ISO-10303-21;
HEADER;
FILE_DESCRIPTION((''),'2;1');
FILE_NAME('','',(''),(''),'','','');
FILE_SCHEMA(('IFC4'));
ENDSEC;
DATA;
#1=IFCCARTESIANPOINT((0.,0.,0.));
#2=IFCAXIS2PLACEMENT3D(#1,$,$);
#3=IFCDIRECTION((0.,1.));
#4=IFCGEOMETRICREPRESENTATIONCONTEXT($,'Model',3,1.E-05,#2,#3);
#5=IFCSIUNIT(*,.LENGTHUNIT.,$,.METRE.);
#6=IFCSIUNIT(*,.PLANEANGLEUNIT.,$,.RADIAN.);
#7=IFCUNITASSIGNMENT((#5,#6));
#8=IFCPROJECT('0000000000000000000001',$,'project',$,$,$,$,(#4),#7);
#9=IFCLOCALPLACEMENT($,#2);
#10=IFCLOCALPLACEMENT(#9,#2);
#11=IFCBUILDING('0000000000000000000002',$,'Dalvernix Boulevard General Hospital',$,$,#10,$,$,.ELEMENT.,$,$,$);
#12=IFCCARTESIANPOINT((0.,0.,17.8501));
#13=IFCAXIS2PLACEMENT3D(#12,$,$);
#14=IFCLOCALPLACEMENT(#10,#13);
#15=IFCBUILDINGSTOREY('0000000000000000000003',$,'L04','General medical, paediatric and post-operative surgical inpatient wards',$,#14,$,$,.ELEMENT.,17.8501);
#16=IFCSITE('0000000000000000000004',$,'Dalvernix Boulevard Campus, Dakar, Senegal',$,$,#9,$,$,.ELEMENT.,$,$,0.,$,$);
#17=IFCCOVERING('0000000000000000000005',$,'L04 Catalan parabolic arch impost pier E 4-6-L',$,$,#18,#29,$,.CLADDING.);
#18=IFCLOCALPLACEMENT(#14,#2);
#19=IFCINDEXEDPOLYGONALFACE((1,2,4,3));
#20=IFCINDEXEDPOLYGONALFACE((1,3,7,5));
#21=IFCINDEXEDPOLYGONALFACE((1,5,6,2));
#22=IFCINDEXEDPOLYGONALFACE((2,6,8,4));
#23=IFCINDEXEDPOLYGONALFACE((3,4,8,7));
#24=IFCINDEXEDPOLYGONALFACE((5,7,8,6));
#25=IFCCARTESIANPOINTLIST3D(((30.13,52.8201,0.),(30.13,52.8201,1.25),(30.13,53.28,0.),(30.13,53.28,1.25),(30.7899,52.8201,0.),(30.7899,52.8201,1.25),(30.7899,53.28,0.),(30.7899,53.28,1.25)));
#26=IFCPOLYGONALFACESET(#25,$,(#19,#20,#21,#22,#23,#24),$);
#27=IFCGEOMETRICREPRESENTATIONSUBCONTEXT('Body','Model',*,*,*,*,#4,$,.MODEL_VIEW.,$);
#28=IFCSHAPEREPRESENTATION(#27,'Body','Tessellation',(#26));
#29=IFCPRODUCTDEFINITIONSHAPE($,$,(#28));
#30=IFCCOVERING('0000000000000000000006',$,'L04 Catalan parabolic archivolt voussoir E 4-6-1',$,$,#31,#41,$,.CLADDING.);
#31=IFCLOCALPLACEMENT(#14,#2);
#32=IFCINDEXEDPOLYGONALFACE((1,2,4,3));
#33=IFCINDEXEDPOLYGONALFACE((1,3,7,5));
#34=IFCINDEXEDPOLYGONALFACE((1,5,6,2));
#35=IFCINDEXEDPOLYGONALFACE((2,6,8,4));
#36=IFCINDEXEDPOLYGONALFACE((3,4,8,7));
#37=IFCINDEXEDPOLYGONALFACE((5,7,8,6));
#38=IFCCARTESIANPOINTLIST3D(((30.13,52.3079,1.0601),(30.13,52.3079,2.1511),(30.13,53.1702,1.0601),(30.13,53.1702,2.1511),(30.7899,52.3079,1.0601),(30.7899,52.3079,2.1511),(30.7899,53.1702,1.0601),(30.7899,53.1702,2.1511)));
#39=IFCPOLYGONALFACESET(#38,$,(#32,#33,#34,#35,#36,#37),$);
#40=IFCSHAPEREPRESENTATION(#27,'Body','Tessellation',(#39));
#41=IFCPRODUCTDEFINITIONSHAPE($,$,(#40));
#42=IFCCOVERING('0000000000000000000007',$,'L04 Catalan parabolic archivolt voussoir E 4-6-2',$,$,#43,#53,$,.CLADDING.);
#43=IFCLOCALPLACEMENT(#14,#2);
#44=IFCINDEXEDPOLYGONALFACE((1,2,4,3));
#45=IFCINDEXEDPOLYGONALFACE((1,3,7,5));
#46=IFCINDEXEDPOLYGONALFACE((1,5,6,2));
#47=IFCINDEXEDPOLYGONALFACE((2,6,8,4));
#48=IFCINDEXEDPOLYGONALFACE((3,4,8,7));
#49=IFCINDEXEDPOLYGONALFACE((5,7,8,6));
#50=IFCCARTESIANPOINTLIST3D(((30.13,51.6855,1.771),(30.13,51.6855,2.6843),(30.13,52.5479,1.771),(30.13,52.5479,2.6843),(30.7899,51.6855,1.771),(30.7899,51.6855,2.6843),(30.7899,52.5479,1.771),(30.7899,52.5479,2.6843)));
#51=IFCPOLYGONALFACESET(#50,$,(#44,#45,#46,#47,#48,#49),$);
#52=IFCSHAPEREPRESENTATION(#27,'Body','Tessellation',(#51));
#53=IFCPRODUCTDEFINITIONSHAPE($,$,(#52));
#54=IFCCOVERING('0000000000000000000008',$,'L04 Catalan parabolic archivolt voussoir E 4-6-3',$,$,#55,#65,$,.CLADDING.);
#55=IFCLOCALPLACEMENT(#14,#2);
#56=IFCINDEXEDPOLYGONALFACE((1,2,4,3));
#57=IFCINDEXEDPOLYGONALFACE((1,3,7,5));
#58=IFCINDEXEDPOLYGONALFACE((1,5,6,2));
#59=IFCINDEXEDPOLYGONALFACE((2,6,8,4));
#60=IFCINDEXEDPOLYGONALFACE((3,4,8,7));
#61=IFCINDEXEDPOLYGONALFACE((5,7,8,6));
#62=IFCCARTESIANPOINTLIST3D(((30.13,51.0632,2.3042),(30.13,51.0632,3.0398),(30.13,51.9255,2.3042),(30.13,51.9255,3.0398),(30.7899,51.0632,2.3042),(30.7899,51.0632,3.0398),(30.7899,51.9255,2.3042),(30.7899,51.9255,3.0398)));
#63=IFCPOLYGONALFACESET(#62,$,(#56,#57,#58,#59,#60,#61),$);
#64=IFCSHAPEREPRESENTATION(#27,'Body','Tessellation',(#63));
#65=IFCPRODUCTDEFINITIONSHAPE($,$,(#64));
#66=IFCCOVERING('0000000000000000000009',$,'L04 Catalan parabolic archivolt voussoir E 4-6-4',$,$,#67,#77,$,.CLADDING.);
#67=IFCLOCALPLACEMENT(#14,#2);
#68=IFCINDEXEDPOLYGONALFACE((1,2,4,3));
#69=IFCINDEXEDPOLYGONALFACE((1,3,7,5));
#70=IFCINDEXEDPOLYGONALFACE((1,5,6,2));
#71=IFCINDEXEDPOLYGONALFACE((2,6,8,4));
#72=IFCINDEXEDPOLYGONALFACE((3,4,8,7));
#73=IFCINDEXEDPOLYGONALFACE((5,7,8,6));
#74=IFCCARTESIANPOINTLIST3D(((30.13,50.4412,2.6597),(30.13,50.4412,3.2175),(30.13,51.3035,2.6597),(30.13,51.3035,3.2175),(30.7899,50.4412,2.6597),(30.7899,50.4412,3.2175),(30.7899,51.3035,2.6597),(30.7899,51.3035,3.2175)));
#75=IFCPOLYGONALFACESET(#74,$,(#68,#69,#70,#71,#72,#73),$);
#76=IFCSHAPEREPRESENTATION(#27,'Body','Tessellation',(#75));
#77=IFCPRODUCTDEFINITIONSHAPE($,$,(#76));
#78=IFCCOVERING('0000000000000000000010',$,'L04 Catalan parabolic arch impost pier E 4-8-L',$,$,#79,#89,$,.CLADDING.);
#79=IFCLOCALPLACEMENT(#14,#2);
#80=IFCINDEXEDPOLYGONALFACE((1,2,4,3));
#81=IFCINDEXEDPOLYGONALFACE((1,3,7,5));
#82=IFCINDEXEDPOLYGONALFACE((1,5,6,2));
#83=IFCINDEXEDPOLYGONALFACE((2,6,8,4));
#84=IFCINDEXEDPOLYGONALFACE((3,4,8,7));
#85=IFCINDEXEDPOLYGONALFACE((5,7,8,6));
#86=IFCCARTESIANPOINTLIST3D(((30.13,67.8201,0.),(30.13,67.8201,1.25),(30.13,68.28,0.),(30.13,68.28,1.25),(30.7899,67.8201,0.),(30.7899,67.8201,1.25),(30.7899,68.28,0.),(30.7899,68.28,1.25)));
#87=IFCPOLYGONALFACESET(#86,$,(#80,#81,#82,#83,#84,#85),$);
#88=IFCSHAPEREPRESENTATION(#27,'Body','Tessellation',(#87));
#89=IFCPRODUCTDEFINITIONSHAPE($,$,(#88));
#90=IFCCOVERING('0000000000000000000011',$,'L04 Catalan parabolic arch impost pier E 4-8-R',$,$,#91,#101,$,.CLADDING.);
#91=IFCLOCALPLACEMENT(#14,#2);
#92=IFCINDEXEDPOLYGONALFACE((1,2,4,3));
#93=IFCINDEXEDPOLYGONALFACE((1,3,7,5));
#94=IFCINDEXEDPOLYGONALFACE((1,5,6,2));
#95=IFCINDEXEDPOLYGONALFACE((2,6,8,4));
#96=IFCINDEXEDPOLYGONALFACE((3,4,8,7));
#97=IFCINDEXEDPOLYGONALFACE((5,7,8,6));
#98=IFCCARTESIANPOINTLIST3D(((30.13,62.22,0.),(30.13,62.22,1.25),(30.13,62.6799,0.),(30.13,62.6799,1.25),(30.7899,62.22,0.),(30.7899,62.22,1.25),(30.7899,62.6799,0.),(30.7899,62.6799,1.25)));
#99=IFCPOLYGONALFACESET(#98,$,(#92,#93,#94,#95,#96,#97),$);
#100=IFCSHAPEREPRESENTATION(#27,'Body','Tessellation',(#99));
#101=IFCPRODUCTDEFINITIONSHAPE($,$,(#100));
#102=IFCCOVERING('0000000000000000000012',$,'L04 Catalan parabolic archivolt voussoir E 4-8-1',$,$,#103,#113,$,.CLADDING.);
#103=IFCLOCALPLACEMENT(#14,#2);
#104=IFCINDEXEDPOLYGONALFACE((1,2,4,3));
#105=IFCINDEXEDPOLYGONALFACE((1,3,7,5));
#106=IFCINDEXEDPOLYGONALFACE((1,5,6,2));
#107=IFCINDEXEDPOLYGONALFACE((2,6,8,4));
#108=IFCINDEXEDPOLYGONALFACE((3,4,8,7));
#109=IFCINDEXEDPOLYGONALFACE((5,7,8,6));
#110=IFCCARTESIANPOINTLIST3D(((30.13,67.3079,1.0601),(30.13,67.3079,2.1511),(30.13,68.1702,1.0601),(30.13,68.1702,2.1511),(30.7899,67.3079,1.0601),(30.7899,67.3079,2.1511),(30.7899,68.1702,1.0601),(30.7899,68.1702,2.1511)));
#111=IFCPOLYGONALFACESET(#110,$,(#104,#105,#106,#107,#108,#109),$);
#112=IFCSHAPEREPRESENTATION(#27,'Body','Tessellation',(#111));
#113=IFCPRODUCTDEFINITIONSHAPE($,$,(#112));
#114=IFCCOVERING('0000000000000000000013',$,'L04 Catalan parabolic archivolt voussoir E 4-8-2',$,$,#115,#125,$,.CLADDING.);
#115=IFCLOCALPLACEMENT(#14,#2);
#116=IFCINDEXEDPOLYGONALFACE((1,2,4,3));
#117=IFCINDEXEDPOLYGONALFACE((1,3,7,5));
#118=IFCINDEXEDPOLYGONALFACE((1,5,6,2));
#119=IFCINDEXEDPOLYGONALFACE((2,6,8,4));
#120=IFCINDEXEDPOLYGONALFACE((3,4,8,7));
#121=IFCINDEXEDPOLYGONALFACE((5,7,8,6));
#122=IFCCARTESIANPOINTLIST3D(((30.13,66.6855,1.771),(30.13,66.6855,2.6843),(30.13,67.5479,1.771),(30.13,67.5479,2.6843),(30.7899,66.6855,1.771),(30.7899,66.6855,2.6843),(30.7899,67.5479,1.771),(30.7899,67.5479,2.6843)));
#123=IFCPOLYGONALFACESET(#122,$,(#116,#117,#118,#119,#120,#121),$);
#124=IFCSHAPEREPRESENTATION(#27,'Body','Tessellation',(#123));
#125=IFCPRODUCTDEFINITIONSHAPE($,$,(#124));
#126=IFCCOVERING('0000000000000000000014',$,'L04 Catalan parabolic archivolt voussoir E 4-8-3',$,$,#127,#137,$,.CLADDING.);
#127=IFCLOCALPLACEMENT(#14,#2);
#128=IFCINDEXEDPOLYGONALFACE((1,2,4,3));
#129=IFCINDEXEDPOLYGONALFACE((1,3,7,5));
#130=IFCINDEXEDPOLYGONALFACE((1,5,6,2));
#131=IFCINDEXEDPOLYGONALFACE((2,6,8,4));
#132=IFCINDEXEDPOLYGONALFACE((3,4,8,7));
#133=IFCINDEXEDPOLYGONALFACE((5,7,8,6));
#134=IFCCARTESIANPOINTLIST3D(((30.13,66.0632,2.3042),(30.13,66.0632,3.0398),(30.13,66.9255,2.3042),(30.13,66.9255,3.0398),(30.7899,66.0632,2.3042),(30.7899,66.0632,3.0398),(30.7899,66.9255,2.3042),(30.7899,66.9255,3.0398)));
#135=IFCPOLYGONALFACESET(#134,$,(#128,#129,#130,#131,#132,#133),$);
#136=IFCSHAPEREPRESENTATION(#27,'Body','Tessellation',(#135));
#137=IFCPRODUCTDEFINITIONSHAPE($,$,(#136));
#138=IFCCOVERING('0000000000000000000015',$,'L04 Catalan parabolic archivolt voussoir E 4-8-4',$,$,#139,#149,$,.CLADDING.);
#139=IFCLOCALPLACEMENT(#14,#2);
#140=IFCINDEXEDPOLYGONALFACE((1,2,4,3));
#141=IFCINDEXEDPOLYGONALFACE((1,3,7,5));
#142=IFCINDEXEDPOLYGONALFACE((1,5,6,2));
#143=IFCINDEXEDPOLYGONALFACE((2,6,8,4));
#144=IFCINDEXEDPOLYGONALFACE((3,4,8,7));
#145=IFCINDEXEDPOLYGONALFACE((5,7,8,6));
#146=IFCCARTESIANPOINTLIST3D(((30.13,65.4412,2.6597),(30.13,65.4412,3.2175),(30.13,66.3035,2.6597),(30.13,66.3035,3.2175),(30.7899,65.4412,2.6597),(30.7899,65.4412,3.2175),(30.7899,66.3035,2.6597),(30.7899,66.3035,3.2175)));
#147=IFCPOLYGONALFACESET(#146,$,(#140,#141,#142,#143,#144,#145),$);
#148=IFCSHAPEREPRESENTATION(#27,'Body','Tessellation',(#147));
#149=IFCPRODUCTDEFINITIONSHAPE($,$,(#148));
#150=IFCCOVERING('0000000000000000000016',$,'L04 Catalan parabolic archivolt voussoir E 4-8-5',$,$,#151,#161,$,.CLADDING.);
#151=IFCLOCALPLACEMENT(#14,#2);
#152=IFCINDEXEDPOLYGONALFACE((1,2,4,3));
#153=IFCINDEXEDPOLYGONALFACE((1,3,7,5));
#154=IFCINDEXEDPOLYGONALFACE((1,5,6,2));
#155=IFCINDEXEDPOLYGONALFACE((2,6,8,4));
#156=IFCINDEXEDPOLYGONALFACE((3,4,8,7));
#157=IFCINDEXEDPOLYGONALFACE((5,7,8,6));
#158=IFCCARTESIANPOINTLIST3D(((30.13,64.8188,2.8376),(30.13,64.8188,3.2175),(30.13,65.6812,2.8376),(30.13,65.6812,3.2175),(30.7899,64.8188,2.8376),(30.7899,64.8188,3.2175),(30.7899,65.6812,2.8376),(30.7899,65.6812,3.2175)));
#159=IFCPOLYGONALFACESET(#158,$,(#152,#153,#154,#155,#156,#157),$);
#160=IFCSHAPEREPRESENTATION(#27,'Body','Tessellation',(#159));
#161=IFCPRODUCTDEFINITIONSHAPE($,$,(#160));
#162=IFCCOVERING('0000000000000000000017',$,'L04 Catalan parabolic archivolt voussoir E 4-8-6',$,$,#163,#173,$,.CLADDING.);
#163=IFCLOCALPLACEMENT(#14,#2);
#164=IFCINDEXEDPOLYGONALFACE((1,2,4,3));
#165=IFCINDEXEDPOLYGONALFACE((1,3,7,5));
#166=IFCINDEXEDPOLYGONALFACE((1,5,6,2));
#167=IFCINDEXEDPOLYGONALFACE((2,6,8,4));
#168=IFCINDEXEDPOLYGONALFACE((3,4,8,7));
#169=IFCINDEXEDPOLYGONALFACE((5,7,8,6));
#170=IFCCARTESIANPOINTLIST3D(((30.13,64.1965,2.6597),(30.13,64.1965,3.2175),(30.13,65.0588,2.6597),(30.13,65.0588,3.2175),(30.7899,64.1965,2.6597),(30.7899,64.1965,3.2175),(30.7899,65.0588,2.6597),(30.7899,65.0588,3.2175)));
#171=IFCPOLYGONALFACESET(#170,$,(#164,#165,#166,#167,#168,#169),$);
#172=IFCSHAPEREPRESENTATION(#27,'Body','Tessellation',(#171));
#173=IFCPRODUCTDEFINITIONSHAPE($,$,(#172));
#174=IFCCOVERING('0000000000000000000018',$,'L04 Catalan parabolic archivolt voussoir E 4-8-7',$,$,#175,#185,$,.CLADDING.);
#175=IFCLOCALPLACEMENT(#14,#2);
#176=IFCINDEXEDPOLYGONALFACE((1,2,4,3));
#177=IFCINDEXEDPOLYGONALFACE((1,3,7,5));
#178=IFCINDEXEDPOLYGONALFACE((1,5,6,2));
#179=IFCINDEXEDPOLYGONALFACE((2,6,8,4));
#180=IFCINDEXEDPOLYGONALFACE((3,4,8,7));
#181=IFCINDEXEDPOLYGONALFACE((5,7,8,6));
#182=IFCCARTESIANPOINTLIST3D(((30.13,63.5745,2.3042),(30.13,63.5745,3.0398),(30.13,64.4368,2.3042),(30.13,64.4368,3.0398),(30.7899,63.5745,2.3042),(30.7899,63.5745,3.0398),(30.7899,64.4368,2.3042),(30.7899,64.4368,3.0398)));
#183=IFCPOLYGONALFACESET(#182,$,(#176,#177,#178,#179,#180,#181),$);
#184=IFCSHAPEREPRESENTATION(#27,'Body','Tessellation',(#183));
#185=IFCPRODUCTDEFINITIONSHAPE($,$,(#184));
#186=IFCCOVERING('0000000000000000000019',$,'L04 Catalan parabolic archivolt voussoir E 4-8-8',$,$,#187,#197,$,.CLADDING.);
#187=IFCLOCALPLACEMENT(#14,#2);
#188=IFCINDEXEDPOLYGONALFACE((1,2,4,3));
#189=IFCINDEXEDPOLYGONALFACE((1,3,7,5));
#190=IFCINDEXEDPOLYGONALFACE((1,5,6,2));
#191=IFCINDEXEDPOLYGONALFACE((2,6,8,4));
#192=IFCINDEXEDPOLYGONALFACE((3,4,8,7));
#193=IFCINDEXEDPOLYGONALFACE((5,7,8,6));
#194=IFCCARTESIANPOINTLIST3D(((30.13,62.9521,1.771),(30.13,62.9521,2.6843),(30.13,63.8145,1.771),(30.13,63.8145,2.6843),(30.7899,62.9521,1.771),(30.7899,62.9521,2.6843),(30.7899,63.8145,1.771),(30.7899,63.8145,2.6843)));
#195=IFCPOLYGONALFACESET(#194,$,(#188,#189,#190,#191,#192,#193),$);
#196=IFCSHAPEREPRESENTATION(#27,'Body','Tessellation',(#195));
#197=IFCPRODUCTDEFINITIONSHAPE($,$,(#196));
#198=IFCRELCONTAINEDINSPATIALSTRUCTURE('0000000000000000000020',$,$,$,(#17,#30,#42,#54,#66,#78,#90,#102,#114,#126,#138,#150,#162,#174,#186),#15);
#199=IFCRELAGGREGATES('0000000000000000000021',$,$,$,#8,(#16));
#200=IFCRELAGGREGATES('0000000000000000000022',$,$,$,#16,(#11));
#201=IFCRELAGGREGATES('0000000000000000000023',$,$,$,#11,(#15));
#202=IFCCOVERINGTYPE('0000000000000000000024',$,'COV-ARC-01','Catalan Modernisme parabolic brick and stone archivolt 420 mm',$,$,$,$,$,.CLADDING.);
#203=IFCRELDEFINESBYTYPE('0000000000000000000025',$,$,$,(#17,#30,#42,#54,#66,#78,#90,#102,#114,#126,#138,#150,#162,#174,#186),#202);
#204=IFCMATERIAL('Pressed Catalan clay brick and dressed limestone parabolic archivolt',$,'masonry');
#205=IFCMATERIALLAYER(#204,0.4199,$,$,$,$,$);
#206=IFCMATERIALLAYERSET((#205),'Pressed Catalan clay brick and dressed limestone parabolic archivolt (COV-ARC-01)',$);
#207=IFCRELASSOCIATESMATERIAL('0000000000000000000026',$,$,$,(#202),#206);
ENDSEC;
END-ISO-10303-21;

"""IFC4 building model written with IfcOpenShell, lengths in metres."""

from ifc_helpers import new_model, si_unit, direction, frame, origin, origin_2d, place, context, subcontext, project, spatial, rectangle, extrude, material, layer, layer_set, type_object, element, save


model = new_model("IFC4")

# Units and contexts
model_context = context("Model", 3, precision=1e-05, world=origin(), true_north=direction((0.0, 1.0)))
body_context = subcontext(model_context, "Body", "Model", "MODEL_VIEW")
ifc_project = project(units=[si_unit("LENGTHUNIT", "METRE"), si_unit("PLANEANGLEUNIT", "RADIAN")], contexts=[model_context])

# Site, building, storey
site_placement = place(None, origin())
site = spatial("IfcSite", under=ifc_project, at=site_placement, Name="Dalvernix Boulevard Campus, Dakar, Senegal", CompositionType="ELEMENT", RefElevation=0.0)
building_placement = place(site_placement, origin())
building = spatial("IfcBuilding", under=site, at=building_placement, Name="Dalvernix Boulevard General Hospital", CompositionType="ELEMENT")
storey_placement = place(building_placement, frame((0.0, 0.0, 17.8501)))
storey = spatial("IfcBuildingStorey", under=building, at=storey_placement, Name="L04", Description="General medical, paediatric and post-operative surgical inpatient wards", CompositionType="ELEMENT", Elevation=17.8501)

# Coverings
ifc_material_1 = material(Name="Pressed Catalan clay brick and dressed limestone parabolic archivolt", Category="masonry")
ifc_layer_1 = layer(ifc_material_1, 0.4199)
ifc_layer_set_1 = layer_set([ifc_layer_1], Name="Pressed Catalan clay brick and dressed limestone parabolic archivolt (COV-ARC-01)")
covering_type_1 = type_object("IfcCoveringType", Name="COV-ARC-01", Description="Catalan Modernisme parabolic brick and stone archivolt 420 mm", PredefinedType="CLADDING", material=ifc_layer_set_1)
covering_1_placement = place(storey_placement, frame((30.46, 53.05, 0.0), z_axis=(0.0, 0.0, 1.0), x_axis=(0.0, -1.0, 0.0)))
element("IfcCovering", 1, at=covering_1_placement, inside=storey, type_object=covering_type_1, Name="L04 Catalan parabolic arch impost pier E 4-6-L", PredefinedType="CLADDING", context=body_context, shape_type="SweptSolid", body=[
    extrude(rectangle(XDim=0.46, YDim=0.6599, at=origin_2d()), origin(), (0.0, 0.0, 1.0), 1.25),
])
covering_2_placement = place(storey_placement, frame((30.46, 52.739, 1.0601), z_axis=(0.0, 0.0, 1.0), x_axis=(0.0, -1.0, 0.0)))
element("IfcCovering", 2, at=covering_2_placement, inside=storey, type_object=covering_type_1, Name="L04 Catalan parabolic archivolt voussoir E 4-6-1", PredefinedType="CLADDING", context=body_context, shape_type="SweptSolid", body=[
    extrude(rectangle(XDim=0.8623, YDim=0.6599, at=origin_2d()), origin(), (0.0, 0.0, 1.0), 1.0911),
])
covering_3_placement = place(storey_placement, frame((30.46, 52.1167, 1.771), z_axis=(0.0, 0.0, 1.0), x_axis=(0.0, -1.0, 0.0)))
element("IfcCovering", 3, at=covering_3_placement, inside=storey, type_object=covering_type_1, Name="L04 Catalan parabolic archivolt voussoir E 4-6-2", PredefinedType="CLADDING", context=body_context, shape_type="SweptSolid", body=[
    extrude(rectangle(XDim=0.8623, YDim=0.6599, at=origin_2d()), origin(), (0.0, 0.0, 1.0), 0.9133),
])
covering_4_placement = place(storey_placement, frame((30.46, 51.4944, 2.3042), z_axis=(0.0, 0.0, 1.0), x_axis=(0.0, -1.0, 0.0)))
element("IfcCovering", 4, at=covering_4_placement, inside=storey, type_object=covering_type_1, Name="L04 Catalan parabolic archivolt voussoir E 4-6-3", PredefinedType="CLADDING", context=body_context, shape_type="SweptSolid", body=[
    extrude(rectangle(XDim=0.8623, YDim=0.6599, at=origin_2d()), origin(), (0.0, 0.0, 1.0), 0.7356),
])
covering_5_placement = place(storey_placement, frame((30.46, 50.8723, 2.6597), z_axis=(0.0, 0.0, 1.0), x_axis=(0.0, -1.0, 0.0)))
element("IfcCovering", 5, at=covering_5_placement, inside=storey, type_object=covering_type_1, Name="L04 Catalan parabolic archivolt voussoir E 4-6-4", PredefinedType="CLADDING", context=body_context, shape_type="SweptSolid", body=[
    extrude(rectangle(XDim=0.8623, YDim=0.6599, at=origin_2d()), origin(), (0.0, 0.0, 1.0), 0.5579),
])
for number, where, z_axis, x_axis, name in (
    (6, (30.46, 68.05, 0.0), (0.0, 0.0, 1.0), (0.0, -1.0, 0.0), "L04 Catalan parabolic arch impost pier E 4-8-L"),
    (7, (30.46, 62.45, 0.0), (0.0, 0.0, 1.0), (0.0, -1.0, 0.0), "L04 Catalan parabolic arch impost pier E 4-8-R"),
):
    element("IfcCovering", number, at=place(storey_placement, frame(where, z_axis=z_axis, x_axis=x_axis)), inside=storey, type_object=covering_type_1, Name=name, PredefinedType="CLADDING", context=body_context, shape_type="SweptSolid", body=[
        extrude(rectangle(XDim=0.46, YDim=0.6599, at=origin_2d()), origin(), (0.0, 0.0, 1.0), 1.25),
    ])
covering_6_placement = place(storey_placement, frame((30.46, 67.739, 1.0601), z_axis=(0.0, 0.0, 1.0), x_axis=(0.0, -1.0, 0.0)))
element("IfcCovering", 8, at=covering_6_placement, inside=storey, type_object=covering_type_1, Name="L04 Catalan parabolic archivolt voussoir E 4-8-1", PredefinedType="CLADDING", context=body_context, shape_type="SweptSolid", body=[
    extrude(rectangle(XDim=0.8623, YDim=0.6599, at=origin_2d()), origin(), (0.0, 0.0, 1.0), 1.0911),
])
covering_7_placement = place(storey_placement, frame((30.46, 67.1167, 1.771), z_axis=(0.0, 0.0, 1.0), x_axis=(0.0, -1.0, 0.0)))
element("IfcCovering", 9, at=covering_7_placement, inside=storey, type_object=covering_type_1, Name="L04 Catalan parabolic archivolt voussoir E 4-8-2", PredefinedType="CLADDING", context=body_context, shape_type="SweptSolid", body=[
    extrude(rectangle(XDim=0.8623, YDim=0.6599, at=origin_2d()), origin(), (0.0, 0.0, 1.0), 0.9133),
])
covering_8_placement = place(storey_placement, frame((30.46, 66.4944, 2.3042), z_axis=(0.0, 0.0, 1.0), x_axis=(0.0, -1.0, 0.0)))
element("IfcCovering", 10, at=covering_8_placement, inside=storey, type_object=covering_type_1, Name="L04 Catalan parabolic archivolt voussoir E 4-8-3", PredefinedType="CLADDING", context=body_context, shape_type="SweptSolid", body=[
    extrude(rectangle(XDim=0.8623, YDim=0.6599, at=origin_2d()), origin(), (0.0, 0.0, 1.0), 0.7356),
])
covering_9_placement = place(storey_placement, frame((30.46, 65.8723, 2.6597), z_axis=(0.0, 0.0, 1.0), x_axis=(0.0, -1.0, 0.0)))
element("IfcCovering", 11, at=covering_9_placement, inside=storey, type_object=covering_type_1, Name="L04 Catalan parabolic archivolt voussoir E 4-8-4", PredefinedType="CLADDING", context=body_context, shape_type="SweptSolid", body=[
    extrude(rectangle(XDim=0.8623, YDim=0.6599, at=origin_2d()), origin(), (0.0, 0.0, 1.0), 0.5579),
])
covering_10_placement = place(storey_placement, frame((30.46, 65.25, 2.8376), z_axis=(0.0, 0.0, 1.0), x_axis=(0.0, -1.0, 0.0)))
element("IfcCovering", 12, at=covering_10_placement, inside=storey, type_object=covering_type_1, Name="L04 Catalan parabolic archivolt voussoir E 4-8-5", PredefinedType="CLADDING", context=body_context, shape_type="SweptSolid", body=[
    extrude(rectangle(XDim=0.8623, YDim=0.6599, at=origin_2d()), origin(), (0.0, 0.0, 1.0), 0.3799),
])
covering_11_placement = place(storey_placement, frame((30.46, 64.6277, 2.6597), z_axis=(0.0, 0.0, 1.0), x_axis=(0.0, -1.0, 0.0)))
element("IfcCovering", 13, at=covering_11_placement, inside=storey, type_object=covering_type_1, Name="L04 Catalan parabolic archivolt voussoir E 4-8-6", PredefinedType="CLADDING", context=body_context, shape_type="SweptSolid", body=[
    extrude(rectangle(XDim=0.8623, YDim=0.6599, at=origin_2d()), origin(), (0.0, 0.0, 1.0), 0.5579),
])
covering_12_placement = place(storey_placement, frame((30.46, 64.0056, 2.3042), z_axis=(0.0, 0.0, 1.0), x_axis=(0.0, -1.0, 0.0)))
element("IfcCovering", 14, at=covering_12_placement, inside=storey, type_object=covering_type_1, Name="L04 Catalan parabolic archivolt voussoir E 4-8-7", PredefinedType="CLADDING", context=body_context, shape_type="SweptSolid", body=[
    extrude(rectangle(XDim=0.8623, YDim=0.6599, at=origin_2d()), origin(), (0.0, 0.0, 1.0), 0.7356),
])
covering_13_placement = place(storey_placement, frame((30.46, 63.3833, 1.771), z_axis=(0.0, 0.0, 1.0), x_axis=(0.0, -1.0, 0.0)))
element("IfcCovering", 15, at=covering_13_placement, inside=storey, type_object=covering_type_1, Name="L04 Catalan parabolic archivolt voussoir E 4-8-8", PredefinedType="CLADDING", context=body_context, shape_type="SweptSolid", body=[
    extrude(rectangle(XDim=0.8623, YDim=0.6599, at=origin_2d()), origin(), (0.0, 0.0, 1.0), 0.9133),
])

save(model, "model.ifc")
